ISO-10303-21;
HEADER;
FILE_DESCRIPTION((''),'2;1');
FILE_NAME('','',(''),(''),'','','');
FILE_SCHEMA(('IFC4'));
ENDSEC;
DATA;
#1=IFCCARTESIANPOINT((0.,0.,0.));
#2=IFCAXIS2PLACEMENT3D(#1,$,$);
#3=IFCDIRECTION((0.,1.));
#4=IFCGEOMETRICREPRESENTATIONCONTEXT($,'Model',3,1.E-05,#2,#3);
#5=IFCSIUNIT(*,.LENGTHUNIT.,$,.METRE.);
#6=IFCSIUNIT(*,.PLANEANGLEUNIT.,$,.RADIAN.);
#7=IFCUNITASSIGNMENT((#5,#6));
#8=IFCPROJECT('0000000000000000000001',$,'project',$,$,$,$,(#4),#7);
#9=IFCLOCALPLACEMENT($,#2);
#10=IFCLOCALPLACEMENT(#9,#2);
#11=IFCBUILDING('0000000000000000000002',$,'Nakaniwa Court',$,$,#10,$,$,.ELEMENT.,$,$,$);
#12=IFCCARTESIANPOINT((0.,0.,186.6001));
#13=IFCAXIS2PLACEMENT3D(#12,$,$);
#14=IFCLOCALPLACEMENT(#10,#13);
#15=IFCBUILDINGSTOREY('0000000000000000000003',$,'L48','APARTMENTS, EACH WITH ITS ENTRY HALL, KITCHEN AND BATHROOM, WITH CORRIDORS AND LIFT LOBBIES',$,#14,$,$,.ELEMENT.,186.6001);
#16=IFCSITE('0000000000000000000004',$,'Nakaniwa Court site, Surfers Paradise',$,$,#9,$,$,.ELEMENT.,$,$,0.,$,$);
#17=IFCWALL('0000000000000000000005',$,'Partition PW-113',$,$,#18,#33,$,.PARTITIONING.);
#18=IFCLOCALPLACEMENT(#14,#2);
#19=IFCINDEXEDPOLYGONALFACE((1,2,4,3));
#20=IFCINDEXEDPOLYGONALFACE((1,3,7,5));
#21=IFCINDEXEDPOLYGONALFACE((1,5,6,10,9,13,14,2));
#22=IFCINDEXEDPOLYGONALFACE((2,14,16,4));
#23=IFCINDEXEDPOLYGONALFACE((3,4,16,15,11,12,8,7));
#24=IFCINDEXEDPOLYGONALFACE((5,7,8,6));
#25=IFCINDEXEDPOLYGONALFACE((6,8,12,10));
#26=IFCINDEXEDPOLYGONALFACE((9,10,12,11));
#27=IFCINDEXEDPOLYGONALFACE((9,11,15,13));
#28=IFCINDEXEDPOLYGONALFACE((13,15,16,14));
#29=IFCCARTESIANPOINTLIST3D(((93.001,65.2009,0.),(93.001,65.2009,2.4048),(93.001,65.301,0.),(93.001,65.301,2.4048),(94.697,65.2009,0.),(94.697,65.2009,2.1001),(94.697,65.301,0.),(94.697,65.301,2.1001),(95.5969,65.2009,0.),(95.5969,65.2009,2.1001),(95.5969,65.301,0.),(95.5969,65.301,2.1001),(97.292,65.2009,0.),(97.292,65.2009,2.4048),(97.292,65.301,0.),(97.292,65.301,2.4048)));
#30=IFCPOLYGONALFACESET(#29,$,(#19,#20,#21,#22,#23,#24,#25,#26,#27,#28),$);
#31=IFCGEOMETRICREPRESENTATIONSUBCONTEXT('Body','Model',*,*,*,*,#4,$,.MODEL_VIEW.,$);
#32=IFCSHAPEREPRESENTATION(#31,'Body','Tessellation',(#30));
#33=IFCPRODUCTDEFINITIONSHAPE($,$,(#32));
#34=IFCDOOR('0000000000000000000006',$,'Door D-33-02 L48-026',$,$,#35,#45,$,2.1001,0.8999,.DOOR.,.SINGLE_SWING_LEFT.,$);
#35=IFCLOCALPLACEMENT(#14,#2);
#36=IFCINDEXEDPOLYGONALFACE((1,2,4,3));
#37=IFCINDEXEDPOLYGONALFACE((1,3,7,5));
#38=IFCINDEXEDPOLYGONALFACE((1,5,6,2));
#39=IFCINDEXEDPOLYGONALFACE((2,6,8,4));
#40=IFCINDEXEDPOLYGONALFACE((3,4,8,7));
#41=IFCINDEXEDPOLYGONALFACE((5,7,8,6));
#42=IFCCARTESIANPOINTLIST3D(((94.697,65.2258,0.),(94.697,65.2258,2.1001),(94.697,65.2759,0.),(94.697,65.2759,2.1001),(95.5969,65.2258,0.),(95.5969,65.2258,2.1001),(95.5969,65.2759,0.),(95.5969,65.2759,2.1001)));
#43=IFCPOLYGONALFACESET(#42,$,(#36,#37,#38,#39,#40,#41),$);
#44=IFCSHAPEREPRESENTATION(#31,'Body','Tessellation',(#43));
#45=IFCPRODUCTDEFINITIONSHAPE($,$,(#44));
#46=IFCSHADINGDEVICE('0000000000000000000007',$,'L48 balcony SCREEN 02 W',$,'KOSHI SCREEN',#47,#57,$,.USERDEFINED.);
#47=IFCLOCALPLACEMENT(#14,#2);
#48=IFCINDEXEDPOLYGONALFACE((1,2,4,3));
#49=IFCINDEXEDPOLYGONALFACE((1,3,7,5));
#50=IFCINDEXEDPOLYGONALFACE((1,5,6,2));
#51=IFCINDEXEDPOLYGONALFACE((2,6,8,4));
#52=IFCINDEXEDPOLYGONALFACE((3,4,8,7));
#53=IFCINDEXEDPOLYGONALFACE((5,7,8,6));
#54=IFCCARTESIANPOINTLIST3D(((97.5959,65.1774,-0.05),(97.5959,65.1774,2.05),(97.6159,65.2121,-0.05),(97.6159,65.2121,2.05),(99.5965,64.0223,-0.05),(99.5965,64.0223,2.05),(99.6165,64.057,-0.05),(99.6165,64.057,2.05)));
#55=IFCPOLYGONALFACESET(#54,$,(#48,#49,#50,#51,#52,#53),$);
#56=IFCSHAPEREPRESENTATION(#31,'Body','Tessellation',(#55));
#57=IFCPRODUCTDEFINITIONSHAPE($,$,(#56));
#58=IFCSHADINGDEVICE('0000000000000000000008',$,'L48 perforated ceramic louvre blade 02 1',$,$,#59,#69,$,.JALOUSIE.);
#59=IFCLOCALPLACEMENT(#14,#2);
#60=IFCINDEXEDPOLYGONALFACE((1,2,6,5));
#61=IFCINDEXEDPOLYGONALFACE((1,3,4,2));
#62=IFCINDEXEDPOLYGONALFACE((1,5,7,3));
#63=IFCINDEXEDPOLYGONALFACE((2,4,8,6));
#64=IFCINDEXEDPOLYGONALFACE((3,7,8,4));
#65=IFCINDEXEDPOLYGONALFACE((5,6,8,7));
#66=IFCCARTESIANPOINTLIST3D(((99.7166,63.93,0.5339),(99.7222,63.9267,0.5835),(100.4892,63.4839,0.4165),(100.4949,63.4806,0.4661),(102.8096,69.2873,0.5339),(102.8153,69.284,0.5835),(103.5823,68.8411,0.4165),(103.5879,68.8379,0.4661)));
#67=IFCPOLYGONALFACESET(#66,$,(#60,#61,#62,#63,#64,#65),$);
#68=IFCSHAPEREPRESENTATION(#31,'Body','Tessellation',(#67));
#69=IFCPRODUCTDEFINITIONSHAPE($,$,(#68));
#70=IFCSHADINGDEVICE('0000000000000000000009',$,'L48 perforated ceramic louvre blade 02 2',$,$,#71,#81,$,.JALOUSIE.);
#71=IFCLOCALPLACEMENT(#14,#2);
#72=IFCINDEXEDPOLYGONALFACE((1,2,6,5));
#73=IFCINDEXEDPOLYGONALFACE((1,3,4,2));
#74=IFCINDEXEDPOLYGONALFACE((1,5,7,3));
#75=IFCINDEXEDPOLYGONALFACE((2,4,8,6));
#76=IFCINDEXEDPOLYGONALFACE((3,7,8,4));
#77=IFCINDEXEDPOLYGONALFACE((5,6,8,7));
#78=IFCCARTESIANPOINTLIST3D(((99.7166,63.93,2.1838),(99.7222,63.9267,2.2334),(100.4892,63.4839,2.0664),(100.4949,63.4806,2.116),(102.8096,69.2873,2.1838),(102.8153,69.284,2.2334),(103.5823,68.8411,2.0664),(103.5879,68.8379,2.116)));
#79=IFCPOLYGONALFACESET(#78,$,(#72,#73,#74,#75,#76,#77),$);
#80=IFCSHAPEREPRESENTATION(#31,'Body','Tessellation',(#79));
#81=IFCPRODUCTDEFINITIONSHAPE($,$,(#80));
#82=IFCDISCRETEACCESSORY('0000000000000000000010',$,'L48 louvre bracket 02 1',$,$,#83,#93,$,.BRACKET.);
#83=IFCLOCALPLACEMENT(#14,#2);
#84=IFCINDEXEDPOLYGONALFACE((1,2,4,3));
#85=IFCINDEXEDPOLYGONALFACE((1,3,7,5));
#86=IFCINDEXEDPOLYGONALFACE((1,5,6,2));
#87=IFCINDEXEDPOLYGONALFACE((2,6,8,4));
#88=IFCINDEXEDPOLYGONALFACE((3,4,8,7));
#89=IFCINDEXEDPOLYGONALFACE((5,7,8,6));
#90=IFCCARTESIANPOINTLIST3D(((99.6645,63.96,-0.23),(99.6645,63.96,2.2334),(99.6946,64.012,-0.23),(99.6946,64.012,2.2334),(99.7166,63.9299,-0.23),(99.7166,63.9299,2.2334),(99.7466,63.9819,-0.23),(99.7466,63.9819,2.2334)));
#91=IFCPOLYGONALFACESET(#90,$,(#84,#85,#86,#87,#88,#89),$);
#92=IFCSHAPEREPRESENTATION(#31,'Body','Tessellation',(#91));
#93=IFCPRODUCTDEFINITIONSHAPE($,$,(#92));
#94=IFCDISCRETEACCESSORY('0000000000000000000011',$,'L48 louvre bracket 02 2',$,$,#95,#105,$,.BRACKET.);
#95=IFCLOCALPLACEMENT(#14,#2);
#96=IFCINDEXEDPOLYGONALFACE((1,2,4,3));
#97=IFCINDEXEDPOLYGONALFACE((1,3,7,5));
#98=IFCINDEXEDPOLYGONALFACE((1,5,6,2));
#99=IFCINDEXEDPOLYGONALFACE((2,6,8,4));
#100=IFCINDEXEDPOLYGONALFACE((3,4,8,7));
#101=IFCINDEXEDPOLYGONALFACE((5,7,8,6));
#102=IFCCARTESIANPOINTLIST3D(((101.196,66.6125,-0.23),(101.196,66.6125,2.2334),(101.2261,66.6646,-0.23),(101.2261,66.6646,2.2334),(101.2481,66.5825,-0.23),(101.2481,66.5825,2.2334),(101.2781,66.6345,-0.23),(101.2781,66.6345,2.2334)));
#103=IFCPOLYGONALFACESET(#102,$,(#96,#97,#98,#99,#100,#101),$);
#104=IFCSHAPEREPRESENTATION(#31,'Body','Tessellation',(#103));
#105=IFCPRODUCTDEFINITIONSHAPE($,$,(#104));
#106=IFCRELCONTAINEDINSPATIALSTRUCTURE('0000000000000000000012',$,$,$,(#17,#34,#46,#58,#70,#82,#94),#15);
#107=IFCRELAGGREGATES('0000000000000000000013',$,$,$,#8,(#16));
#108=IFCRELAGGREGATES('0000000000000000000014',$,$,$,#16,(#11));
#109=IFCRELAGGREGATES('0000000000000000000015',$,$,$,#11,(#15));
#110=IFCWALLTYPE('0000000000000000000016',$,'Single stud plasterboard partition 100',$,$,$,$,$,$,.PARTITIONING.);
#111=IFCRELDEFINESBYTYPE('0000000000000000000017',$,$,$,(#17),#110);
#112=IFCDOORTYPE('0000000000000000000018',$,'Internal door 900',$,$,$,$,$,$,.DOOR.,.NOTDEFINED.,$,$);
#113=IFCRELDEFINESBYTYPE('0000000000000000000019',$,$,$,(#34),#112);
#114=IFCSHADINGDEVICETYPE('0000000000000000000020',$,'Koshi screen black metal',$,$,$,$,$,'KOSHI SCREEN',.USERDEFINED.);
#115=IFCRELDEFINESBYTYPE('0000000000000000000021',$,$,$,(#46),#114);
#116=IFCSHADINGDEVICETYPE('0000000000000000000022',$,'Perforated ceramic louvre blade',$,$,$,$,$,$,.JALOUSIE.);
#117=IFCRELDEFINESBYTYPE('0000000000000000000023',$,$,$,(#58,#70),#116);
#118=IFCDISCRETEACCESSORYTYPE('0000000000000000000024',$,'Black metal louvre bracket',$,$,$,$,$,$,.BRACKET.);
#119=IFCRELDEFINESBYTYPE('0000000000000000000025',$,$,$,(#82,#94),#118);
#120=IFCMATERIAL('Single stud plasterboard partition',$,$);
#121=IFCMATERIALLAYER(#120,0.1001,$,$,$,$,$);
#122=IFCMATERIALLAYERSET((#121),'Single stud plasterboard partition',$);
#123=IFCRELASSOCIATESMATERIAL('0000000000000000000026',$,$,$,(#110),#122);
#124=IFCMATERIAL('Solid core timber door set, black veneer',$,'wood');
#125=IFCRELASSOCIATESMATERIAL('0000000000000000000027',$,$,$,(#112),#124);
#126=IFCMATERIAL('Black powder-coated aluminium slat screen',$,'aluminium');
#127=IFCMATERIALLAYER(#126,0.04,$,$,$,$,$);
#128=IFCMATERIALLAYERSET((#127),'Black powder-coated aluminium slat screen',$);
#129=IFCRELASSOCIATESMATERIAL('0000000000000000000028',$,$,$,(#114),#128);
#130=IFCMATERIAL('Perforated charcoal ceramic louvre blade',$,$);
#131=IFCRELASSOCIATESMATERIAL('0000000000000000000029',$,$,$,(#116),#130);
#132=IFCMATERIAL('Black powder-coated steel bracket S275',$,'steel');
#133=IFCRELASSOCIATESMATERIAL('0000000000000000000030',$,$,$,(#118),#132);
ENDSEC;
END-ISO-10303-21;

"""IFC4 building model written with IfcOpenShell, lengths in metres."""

from ifc_helpers import new_model, si_unit, direction, frame, frame_2d, origin, origin_2d, place, context, subcontext, project, spatial, rectangle, extrude, material, layer, layer_set, material_profile, profile_set, type_object, element, fill, save


model = new_model("IFC4")

# Units and contexts
model_context = context("Model", 3, precision=1e-05, world=origin(), true_north=direction((0.0, 1.0)))
body_context = subcontext(model_context, "Body", "Model", "MODEL_VIEW")
ifc_project = project(units=[si_unit("LENGTHUNIT", "METRE"), si_unit("PLANEANGLEUNIT", "RADIAN")], contexts=[model_context])

# Site, building, storey
site_placement = place(None, origin())
site = spatial("IfcSite", under=ifc_project, at=site_placement, Name="Nakaniwa Court site, Surfers Paradise", CompositionType="ELEMENT", RefElevation=0.0)
building_placement = place(site_placement, origin())
building = spatial("IfcBuilding", under=site, at=building_placement, Name="Nakaniwa Court", CompositionType="ELEMENT")
storey_placement = place(building_placement, frame((0.0, 0.0, 186.6001)))
storey = spatial("IfcBuildingStorey", under=building, at=storey_placement, Name="L48", Description="APARTMENTS, EACH WITH ITS ENTRY HALL, KITCHEN AND BATHROOM, WITH CORRIDORS AND LIFT LOBBIES", CompositionType="ELEMENT", Elevation=186.6001)

# Shared definitions
ifc_material_1 = material(Name="Solid core timber door set, black veneer", Category="wood")

# Wall, opening, door
ifc_material_2 = material(Name="Single stud plasterboard partition")
ifc_layer_1 = layer(ifc_material_2, 0.1001)
ifc_layer_set_1 = layer_set([ifc_layer_1], Name="Single stud plasterboard partition")
wall_type_1 = type_object("IfcWallType", Name="Single stud plasterboard partition 100", PredefinedType="PARTITIONING", material=ifc_layer_set_1)
door_type_1 = type_object("IfcDoorType", Name="Internal door 900", OperationType="NOTDEFINED", PredefinedType="DOOR", material=ifc_material_1)
wall_1_placement = place(storey_placement, frame((93.001, 65.251, 0.0), z_axis=(0.0, 0.0, 1.0), x_axis=(1.0, 0.0, 0.0)))
wall_1 = element("IfcWall", 1, at=wall_1_placement, inside=storey, type_object=wall_type_1, Name="Partition PW-113", PredefinedType="PARTITIONING", context=body_context, shape_type="SweptSolid", body=[
    extrude(rectangle(XDim=4.291, YDim=0.1001, at=frame_2d((2.1455, 0.0))), origin(), (0.0, 0.0, 1.0), 2.4048),
])
opening_1_placement = place(wall_1_placement, frame((1.696, 0.0, 0.0)))
opening_1 = element("IfcOpeningElement", 2, at=opening_1_placement, cuts=wall_1, PredefinedType="OPENING", context=body_context, shape_type="SweptSolid", body=[
    extrude(rectangle(XDim=0.8999, YDim=2.1001, at=frame_2d((0.45, 1.05))), frame((0.0, 0.0601, 0.0), z_axis=(0.0, -1.0, 0.0), x_axis=(1.0, 0.0, 0.0)), (0.0, 0.0, 1.0), 0.1201),
])
door_1_placement = place(opening_1_placement, origin())
door_1 = element("IfcDoor", 3, at=door_1_placement, inside=storey, type_object=door_type_1, Name="Door D-33-02 L48-026", OperationType="SINGLE_SWING_LEFT", OverallHeight=2.1001, OverallWidth=0.8999, PredefinedType="DOOR", context=body_context, shape_type="SweptSolid", body=[
    extrude(rectangle(XDim=0.8999, YDim=2.1001, at=frame_2d((0.45, 1.05))), frame((0.0, 0.0249, 0.0), z_axis=(0.0, -1.0, 0.0), x_axis=(1.0, 0.0, 0.0)), (0.0, 0.0, 1.0), 0.05),
])
fill(opening_1, door_1)

# Shading devices
ifc_material_3 = material(Name="Black powder-coated aluminium slat screen", Category="aluminium")
ifc_layer_2 = layer(ifc_material_3, 0.04)
ifc_layer_set_2 = layer_set([ifc_layer_2], Name="Black powder-coated aluminium slat screen")
shading_device_type_1 = type_object("IfcShadingDeviceType", Name="Koshi screen black metal", ElementType="KOSHI SCREEN", PredefinedType="USERDEFINED", material=ifc_layer_set_2)
shading_device_placement = place(storey_placement, frame((98.6062, 64.6172, -0.05), z_axis=(0.0, 0.0, 1.0), x_axis=(0.500017, 0.866016, 0.0)))
element("IfcShadingDevice", 4, at=shading_device_placement, inside=storey, type_object=shading_device_type_1, Name="L48 balcony SCREEN 02 W", ObjectType="KOSHI SCREEN", PredefinedType="USERDEFINED", context=body_context, shape_type="SweptSolid", body=[
    extrude(rectangle(XDim=0.04, YDim=2.3101, at=origin_2d()), origin(), (0.0, 0.0, 1.0), 2.1001),
])
ifc_material_4 = material(Name="Perforated charcoal ceramic louvre blade")
ifc_material_profile_1 = material_profile(ifc_material_4, rectangle(XDim=0.8999, YDim=0.05, at=origin_2d()), Name="Perforated ceramic louvre blade")
ifc_profile_set_1 = profile_set([ifc_material_profile_1], Name="Perforated charcoal ceramic louvre blade")
shading_device_type_2 = type_object("IfcShadingDeviceType", Name="Perforated ceramic louvre blade", PredefinedType="JALOUSIE", material=ifc_profile_set_1)
for number, where, z_axis, x_axis, name in (
    (5, (100.1057, 63.7053, 0.5), (0.500006, 0.866022, 0.0), (-0.858613, 0.495728, 0.130526), "L48 perforated ceramic louvre blade 02 1"),
    (6, (100.1057, 63.7053, 2.1499), (0.500006, 0.866022, 0.0), (-0.858613, 0.495728, 0.130526), "L48 perforated ceramic louvre blade 02 2"),
):
    element("IfcShadingDevice", number, at=place(storey_placement, frame(where, z_axis=z_axis, x_axis=x_axis)), inside=storey, type_object=shading_device_type_2, Name=name, PredefinedType="JALOUSIE", context=body_context, shape_type="SweptSolid", body=[
        extrude(rectangle(XDim=0.8999, YDim=0.05, at=origin_2d()), origin(), (0.0, 0.0, 1.0), 6.186),
    ])

# Discrete accessories
ifc_material_5 = material(Name="Black powder-coated steel bracket S275", Category="steel")
discrete_accessory_type = type_object("IfcDiscreteAccessoryType", Name="Black metal louvre bracket", PredefinedType="BRACKET", material=ifc_material_5)
for number, where, z_axis, x_axis, name in (
    (7, (99.7056, 63.9709, -0.23), (0.0, 0.0, 1.0), (0.500017, 0.866016, 0.0), "L48 louvre bracket 02 1"),
    (8, (101.2371, 66.6235, -0.23), (0.0, 0.0, 1.0), (0.500017, 0.866016, 0.0), "L48 louvre bracket 02 2"),
):
    element("IfcDiscreteAccessory", number, at=place(storey_placement, frame(where, z_axis=z_axis, x_axis=x_axis)), inside=storey, type_object=discrete_accessory_type, Name=name, PredefinedType="BRACKET", context=body_context, shape_type="SweptSolid", body=[
        extrude(rectangle(XDim=0.0601, YDim=0.0601, at=origin_2d()), origin(), (0.0, 0.0, 1.0), 2.4634),
    ])

save(model, "model.ifc")
